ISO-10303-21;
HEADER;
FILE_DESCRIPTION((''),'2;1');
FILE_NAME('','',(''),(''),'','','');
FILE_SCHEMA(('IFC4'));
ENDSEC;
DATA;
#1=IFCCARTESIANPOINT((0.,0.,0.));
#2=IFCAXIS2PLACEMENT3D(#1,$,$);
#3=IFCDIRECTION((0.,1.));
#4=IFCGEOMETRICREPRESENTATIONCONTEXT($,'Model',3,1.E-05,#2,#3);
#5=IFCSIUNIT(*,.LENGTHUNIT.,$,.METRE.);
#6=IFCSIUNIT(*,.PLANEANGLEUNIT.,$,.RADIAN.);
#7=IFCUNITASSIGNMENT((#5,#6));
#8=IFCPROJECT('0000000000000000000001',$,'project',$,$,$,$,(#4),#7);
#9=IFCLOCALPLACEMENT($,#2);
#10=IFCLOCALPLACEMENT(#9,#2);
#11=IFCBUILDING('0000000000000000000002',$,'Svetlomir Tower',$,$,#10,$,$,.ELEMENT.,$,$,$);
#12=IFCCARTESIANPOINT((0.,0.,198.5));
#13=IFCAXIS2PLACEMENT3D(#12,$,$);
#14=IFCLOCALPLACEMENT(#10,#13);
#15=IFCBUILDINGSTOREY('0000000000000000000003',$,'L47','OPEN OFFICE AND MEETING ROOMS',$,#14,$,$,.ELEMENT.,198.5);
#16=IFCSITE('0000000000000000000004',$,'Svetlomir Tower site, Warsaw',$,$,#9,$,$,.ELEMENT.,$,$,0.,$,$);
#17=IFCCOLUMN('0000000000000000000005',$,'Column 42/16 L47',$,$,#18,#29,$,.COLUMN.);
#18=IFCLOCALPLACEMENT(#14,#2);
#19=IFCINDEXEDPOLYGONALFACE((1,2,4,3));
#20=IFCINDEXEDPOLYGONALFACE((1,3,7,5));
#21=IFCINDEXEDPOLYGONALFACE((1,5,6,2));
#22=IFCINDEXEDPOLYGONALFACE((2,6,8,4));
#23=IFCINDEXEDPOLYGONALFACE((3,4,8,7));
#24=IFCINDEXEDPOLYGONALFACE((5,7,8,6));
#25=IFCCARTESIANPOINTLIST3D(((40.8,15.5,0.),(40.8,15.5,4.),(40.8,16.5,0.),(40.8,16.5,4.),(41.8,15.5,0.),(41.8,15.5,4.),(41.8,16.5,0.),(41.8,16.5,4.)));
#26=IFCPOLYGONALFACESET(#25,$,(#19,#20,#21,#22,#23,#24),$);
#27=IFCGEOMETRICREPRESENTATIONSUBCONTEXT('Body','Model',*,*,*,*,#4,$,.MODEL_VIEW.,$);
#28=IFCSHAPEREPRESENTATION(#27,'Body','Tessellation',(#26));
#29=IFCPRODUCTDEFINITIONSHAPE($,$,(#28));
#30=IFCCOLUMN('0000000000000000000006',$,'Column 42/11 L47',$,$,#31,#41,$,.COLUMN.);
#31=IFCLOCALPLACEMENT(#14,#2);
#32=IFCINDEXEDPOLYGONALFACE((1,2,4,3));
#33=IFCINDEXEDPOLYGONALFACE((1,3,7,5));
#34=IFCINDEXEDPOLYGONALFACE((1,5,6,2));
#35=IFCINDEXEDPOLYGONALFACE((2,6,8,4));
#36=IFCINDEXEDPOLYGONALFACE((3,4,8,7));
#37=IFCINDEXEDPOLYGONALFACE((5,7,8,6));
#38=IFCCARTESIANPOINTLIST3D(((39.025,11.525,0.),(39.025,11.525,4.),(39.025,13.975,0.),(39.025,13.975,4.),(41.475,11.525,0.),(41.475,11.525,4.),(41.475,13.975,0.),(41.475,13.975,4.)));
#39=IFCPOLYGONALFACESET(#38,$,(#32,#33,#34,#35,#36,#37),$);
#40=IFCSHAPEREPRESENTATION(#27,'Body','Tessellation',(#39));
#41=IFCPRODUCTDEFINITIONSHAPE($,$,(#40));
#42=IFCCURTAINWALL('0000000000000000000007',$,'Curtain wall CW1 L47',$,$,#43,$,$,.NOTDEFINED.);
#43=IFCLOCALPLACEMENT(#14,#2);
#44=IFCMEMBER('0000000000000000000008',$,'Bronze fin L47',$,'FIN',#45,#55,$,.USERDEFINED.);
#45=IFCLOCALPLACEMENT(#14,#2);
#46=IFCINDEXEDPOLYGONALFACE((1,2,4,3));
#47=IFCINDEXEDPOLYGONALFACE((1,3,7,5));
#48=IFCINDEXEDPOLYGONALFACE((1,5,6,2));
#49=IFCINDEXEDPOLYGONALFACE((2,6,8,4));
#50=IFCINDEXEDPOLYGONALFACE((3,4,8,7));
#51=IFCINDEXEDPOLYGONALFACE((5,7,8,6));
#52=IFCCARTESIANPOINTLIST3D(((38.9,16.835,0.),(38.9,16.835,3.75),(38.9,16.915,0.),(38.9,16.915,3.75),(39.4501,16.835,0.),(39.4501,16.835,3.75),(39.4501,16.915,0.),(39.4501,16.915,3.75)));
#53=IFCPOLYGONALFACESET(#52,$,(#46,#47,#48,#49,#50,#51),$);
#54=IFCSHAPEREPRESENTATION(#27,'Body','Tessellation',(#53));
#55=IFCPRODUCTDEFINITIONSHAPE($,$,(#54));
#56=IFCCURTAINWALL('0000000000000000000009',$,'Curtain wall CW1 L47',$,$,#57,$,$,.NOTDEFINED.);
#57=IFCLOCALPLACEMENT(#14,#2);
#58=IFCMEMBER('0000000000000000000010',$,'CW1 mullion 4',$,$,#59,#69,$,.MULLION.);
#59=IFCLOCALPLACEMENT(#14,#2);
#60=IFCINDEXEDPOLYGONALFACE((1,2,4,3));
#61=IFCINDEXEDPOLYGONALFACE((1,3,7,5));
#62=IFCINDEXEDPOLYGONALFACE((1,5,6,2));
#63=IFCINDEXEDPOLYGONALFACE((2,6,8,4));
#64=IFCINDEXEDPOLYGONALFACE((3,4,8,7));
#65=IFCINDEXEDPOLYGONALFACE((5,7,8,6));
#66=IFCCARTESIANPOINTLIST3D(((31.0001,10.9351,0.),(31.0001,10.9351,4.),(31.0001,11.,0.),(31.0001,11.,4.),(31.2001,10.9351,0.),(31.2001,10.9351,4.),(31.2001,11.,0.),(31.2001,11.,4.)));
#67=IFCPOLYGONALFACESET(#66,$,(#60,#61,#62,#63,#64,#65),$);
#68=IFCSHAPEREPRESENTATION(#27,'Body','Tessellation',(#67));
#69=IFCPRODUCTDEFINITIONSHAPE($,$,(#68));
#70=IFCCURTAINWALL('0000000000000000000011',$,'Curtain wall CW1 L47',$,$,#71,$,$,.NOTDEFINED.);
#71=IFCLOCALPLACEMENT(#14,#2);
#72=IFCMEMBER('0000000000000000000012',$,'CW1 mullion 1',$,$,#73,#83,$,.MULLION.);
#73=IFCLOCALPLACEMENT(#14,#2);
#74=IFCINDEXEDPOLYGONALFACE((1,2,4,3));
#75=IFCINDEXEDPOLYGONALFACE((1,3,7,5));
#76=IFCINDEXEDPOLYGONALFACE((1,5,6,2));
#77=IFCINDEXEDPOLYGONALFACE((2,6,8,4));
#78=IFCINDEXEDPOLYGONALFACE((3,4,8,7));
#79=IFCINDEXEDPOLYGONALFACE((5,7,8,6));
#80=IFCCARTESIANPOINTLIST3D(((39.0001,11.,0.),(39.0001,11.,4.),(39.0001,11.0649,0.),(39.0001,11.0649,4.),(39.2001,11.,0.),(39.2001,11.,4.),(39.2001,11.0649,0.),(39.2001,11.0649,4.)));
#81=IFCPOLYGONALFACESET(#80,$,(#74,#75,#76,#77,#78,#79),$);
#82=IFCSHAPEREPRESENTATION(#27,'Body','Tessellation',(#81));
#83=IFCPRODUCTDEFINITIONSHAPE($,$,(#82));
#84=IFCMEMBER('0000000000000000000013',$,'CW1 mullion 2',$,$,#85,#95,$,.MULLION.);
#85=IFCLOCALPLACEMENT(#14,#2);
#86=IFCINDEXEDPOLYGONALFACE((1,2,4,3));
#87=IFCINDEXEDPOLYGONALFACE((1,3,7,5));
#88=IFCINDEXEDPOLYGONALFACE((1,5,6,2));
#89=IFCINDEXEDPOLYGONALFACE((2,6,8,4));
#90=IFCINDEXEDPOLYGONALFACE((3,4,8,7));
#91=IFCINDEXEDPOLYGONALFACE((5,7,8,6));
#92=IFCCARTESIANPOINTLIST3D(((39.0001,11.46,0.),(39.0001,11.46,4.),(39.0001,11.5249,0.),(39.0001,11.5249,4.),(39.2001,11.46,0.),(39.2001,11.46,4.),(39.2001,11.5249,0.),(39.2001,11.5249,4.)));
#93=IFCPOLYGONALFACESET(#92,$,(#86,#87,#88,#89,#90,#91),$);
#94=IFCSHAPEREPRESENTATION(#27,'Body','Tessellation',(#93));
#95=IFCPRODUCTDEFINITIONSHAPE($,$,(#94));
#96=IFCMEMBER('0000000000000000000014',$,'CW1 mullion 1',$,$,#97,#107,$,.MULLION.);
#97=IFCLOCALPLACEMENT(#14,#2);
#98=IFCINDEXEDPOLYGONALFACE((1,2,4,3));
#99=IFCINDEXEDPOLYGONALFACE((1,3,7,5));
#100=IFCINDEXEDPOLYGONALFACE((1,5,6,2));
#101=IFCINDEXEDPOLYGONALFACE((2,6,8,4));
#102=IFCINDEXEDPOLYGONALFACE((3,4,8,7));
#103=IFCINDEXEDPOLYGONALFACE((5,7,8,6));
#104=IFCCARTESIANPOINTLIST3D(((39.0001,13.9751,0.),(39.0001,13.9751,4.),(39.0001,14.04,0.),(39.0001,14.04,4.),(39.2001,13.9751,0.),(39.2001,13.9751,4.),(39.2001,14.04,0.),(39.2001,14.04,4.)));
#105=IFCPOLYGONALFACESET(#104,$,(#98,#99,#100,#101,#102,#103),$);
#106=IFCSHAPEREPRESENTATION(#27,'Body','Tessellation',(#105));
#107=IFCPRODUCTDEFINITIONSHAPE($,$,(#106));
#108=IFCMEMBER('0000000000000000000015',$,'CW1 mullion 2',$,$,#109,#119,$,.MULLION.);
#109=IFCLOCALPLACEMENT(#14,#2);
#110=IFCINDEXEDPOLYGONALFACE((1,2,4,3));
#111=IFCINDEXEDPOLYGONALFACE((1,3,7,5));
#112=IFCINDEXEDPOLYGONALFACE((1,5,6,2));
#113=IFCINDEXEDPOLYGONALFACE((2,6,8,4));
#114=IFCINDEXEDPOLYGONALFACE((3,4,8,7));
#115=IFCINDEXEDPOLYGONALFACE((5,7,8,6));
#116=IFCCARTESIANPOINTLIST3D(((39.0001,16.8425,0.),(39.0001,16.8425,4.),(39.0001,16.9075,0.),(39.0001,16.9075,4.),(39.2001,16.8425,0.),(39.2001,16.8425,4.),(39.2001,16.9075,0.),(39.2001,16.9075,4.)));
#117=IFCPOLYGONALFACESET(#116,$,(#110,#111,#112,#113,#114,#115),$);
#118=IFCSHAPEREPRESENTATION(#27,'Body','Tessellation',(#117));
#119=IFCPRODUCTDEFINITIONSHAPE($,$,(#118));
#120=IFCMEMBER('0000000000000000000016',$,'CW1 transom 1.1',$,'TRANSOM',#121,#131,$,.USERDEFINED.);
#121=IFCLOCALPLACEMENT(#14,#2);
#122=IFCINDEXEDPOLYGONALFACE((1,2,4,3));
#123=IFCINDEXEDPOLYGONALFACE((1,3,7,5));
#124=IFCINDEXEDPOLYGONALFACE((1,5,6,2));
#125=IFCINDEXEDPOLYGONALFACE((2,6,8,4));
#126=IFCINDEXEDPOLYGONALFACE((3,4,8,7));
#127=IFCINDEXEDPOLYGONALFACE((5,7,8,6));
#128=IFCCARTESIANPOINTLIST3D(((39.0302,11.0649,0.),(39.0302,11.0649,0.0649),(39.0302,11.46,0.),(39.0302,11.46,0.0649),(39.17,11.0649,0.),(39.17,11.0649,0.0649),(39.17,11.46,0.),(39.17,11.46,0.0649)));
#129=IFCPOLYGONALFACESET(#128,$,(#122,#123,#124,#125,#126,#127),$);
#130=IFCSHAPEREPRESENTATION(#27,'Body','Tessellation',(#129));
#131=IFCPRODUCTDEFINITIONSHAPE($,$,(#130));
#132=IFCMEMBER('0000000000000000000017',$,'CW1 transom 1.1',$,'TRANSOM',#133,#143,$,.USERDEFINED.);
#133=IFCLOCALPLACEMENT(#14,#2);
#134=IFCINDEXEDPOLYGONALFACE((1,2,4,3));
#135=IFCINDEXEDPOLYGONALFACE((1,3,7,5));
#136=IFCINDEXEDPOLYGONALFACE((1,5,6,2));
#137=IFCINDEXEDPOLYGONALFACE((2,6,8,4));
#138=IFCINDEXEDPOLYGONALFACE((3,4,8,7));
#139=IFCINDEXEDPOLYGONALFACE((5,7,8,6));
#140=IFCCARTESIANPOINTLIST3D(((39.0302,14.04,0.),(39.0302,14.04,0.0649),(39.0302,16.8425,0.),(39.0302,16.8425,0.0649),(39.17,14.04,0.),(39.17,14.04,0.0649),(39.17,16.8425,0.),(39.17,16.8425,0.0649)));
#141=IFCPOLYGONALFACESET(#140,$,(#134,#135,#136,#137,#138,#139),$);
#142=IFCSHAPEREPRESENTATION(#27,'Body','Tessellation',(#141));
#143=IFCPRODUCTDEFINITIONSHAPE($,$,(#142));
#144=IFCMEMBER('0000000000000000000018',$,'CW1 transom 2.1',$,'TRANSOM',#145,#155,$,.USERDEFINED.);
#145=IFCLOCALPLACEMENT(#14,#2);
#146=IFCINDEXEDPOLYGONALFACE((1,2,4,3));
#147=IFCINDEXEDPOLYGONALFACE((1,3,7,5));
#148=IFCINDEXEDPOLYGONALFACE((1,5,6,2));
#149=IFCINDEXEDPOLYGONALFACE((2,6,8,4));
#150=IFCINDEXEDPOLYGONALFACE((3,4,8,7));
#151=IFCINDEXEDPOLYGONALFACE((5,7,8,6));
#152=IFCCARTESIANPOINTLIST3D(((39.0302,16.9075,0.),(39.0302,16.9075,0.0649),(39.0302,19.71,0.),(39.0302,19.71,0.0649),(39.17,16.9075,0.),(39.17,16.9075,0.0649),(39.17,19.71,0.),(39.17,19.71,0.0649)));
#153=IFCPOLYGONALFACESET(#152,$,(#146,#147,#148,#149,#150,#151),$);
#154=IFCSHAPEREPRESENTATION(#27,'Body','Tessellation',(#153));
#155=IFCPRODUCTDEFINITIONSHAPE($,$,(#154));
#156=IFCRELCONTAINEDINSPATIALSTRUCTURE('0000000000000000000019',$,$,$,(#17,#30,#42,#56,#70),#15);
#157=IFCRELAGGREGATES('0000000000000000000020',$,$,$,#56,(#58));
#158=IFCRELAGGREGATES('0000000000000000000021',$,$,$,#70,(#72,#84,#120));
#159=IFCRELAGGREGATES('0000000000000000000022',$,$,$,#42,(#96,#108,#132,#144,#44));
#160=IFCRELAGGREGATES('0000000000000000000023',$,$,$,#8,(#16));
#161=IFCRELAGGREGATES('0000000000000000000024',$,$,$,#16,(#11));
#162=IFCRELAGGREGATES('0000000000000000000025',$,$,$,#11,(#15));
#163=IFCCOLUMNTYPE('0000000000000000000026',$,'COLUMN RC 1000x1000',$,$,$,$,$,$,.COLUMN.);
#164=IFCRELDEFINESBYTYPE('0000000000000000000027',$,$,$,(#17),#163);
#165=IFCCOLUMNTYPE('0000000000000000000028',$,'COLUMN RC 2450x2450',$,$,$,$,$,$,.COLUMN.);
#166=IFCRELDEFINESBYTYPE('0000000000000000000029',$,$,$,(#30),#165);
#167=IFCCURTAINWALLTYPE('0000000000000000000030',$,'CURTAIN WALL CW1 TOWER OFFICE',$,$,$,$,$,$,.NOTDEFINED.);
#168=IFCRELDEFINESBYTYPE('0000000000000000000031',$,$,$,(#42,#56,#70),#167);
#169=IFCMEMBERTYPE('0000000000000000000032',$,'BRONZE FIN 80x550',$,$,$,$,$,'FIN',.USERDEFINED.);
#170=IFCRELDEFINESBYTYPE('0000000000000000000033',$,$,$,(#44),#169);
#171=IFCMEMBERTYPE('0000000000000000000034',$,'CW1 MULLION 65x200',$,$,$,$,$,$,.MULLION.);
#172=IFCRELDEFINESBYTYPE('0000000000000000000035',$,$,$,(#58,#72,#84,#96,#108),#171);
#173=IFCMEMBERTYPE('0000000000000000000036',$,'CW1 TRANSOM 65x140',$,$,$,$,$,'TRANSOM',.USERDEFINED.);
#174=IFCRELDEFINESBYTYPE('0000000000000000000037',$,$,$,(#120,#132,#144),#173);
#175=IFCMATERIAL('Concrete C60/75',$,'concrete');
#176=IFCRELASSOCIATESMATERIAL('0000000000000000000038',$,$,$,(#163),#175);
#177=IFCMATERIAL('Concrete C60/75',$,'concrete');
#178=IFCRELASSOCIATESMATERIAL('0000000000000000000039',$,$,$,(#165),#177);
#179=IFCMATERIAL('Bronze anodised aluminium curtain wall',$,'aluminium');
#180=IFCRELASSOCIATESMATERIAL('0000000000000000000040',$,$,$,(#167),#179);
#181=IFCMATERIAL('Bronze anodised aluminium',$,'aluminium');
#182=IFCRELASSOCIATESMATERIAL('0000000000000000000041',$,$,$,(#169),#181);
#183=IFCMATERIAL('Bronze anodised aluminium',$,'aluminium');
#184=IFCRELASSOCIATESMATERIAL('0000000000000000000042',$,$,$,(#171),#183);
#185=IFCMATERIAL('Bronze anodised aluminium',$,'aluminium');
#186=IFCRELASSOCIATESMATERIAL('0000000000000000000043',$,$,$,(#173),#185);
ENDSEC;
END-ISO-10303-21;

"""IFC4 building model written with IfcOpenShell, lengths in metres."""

from ifc_helpers import new_model, si_unit, direction, frame, origin, origin_2d, place, context, subcontext, project, spatial, rectangle, extrude, material, material_profile, profile_set, type_object, element, aggregate, save


model = new_model("IFC4")

# Units and contexts
model_context = context("Model", 3, precision=1e-05, world=origin(), true_north=direction((0.0, 1.0)))
body_context = subcontext(model_context, "Body", "Model", "MODEL_VIEW")
ifc_project = project(units=[si_unit("LENGTHUNIT", "METRE"), si_unit("PLANEANGLEUNIT", "RADIAN")], contexts=[model_context])

# Site, building, storey
site_placement = place(None, origin())
site = spatial("IfcSite", under=ifc_project, at=site_placement, Name="Svetlomir Tower site, Warsaw", CompositionType="ELEMENT", RefElevation=0.0)
building_placement = place(site_placement, origin())
building = spatial("IfcBuilding", under=site, at=building_placement, Name="Svetlomir Tower", CompositionType="ELEMENT")
storey_placement = place(building_placement, frame((0.0, 0.0, 198.5)))
storey = spatial("IfcBuildingStorey", under=building, at=storey_placement, Name="L47", Description="OPEN OFFICE AND MEETING ROOMS", CompositionType="ELEMENT", Elevation=198.5)

# Columns
ifc_material_1 = material(Name="Concrete C60/75", Category="concrete")
ifc_material_profile_1 = material_profile(ifc_material_1, rectangle(XDim=1.0, YDim=1.0, at=origin_2d()), Name="RC 1000x1000")
ifc_profile_set_1 = profile_set([ifc_material_profile_1], Name="Concrete C60/75")
column_type_1 = type_object("IfcColumnType", Name="COLUMN RC 1000x1000", PredefinedType="COLUMN", material=ifc_profile_set_1)
column_1_placement = place(storey_placement, frame((41.3, 16.0, 0.0), z_axis=(0.0, 0.0, 1.0), x_axis=(1.0, 0.0, 0.0)))
element("IfcColumn", 1, at=column_1_placement, inside=storey, type_object=column_type_1, Name="Column 42/16 L47", PredefinedType="COLUMN", context=body_context, shape_type="SweptSolid", body=[
    extrude(rectangle(XDim=1.0, YDim=1.0, at=origin_2d()), origin(), (0.0, 0.0, 1.0), 4.0),
])
ifc_material_2 = material(Name="Concrete C60/75", Category="concrete")
ifc_material_profile_2 = material_profile(ifc_material_2, rectangle(XDim=2.45, YDim=2.45, at=origin_2d()), Name="RC 2450x2450")
ifc_profile_set_2 = profile_set([ifc_material_profile_2], Name="Concrete C60/75")
column_type_2 = type_object("IfcColumnType", Name="COLUMN RC 2450x2450", PredefinedType="COLUMN", material=ifc_profile_set_2)
column_2_placement = place(storey_placement, frame((40.25, 12.75, 0.0), z_axis=(0.0, 0.0, 1.0), x_axis=(1.0, 0.0, 0.0)))
element("IfcColumn", 2, at=column_2_placement, inside=storey, type_object=column_type_2, Name="Column 42/11 L47", PredefinedType="COLUMN", context=body_context, shape_type="SweptSolid", body=[
    extrude(rectangle(XDim=2.45, YDim=2.45, at=origin_2d()), origin(), (0.0, 0.0, 1.0), 4.0),
])

# Curtain walls, members
ifc_material_3 = material(Name="Bronze anodised aluminium curtain wall", Category="aluminium")
curtain_wall_type = type_object("IfcCurtainWallType", Name="CURTAIN WALL CW1 TOWER OFFICE", PredefinedType="NOTDEFINED", material=ifc_material_3)
curtain_wall_1_placement = place(storey_placement, origin())
curtain_wall_1 = element("IfcCurtainWall", 3, at=curtain_wall_1_placement, inside=storey, type_object=curtain_wall_type, Name="Curtain wall CW1 L47", PredefinedType="NOTDEFINED")
ifc_material_4 = material(Name="Bronze anodised aluminium", Category="aluminium")
ifc_material_profile_3 = material_profile(ifc_material_4, rectangle(XDim=0.0801, YDim=0.55, at=origin_2d()), Name="FIN 80x550")
ifc_profile_set_3 = profile_set([ifc_material_profile_3], Name="Bronze anodised aluminium 6063-T6")
member_type_1 = type_object("IfcMemberType", Name="BRONZE FIN 80x550", ElementType="FIN", PredefinedType="USERDEFINED", material=ifc_profile_set_3)
member_1_placement = place(storey_placement, frame((39.175, 16.875, 0.0), z_axis=(0.0, 0.0, 1.0), x_axis=(0.0, 1.0, 0.0)))
member_1 = element("IfcMember", 4, at=member_1_placement, type_object=member_type_1, Name="Bronze fin L47", ObjectType="FIN", PredefinedType="USERDEFINED", context=body_context, shape_type="SweptSolid", body=[
    extrude(rectangle(XDim=0.0801, YDim=0.55, at=origin_2d()), origin(), (0.0, 0.0, 1.0), 3.75),
])
curtain_wall_2_placement = place(storey_placement, origin())
curtain_wall_2 = element("IfcCurtainWall", 5, at=curtain_wall_2_placement, inside=storey, type_object=curtain_wall_type, Name="Curtain wall CW1 L47", PredefinedType="NOTDEFINED")
ifc_material_5 = material(Name="Bronze anodised aluminium", Category="aluminium")
ifc_material_profile_4 = material_profile(ifc_material_5, rectangle(XDim=0.0649, YDim=0.2, at=origin_2d()), Name="AL 65x200")
ifc_profile_set_4 = profile_set([ifc_material_profile_4], Name="Bronze anodised aluminium 6063-T6")
member_type_2 = type_object("IfcMemberType", Name="CW1 MULLION 65x200", PredefinedType="MULLION", material=ifc_profile_set_4)
member_2_placement = place(storey_placement, frame((31.1001, 10.9675, 0.0), z_axis=(0.0, 0.0, 1.0), x_axis=(0.0, 1.0, 0.0)))
member_2 = element("IfcMember", 6, at=member_2_placement, type_object=member_type_2, Name="CW1 mullion 4", PredefinedType="MULLION", context=body_context, shape_type="SweptSolid", body=[
    extrude(rectangle(XDim=0.0649, YDim=0.2, at=origin_2d()), origin(), (0.0, 0.0, 1.0), 4.0),
])
aggregate(curtain_wall_2, [member_2])

# Curtain wall, members
curtain_wall_3_placement = place(storey_placement, origin())
curtain_wall_3 = element("IfcCurtainWall", 7, at=curtain_wall_3_placement, inside=storey, type_object=curtain_wall_type, Name="Curtain wall CW1 L47", PredefinedType="NOTDEFINED")
member_3_placement = place(storey_placement, frame((39.1001, 11.0325, 0.0), z_axis=(0.0, 0.0, 1.0), x_axis=(0.0, 1.0, 0.0)))
member_3 = element("IfcMember", 8, at=member_3_placement, type_object=member_type_2, Name="CW1 mullion 1", PredefinedType="MULLION", context=body_context, shape_type="SweptSolid", body=[
    extrude(rectangle(XDim=0.0649, YDim=0.2, at=origin_2d()), origin(), (0.0, 0.0, 1.0), 4.0),
])
member_4_placement = place(storey_placement, frame((39.1001, 11.4924, 0.0), z_axis=(0.0, 0.0, 1.0), x_axis=(0.0, 1.0, 0.0)))
member_4 = element("IfcMember", 9, at=member_4_placement, type_object=member_type_2, Name="CW1 mullion 2", PredefinedType="MULLION", context=body_context, shape_type="SweptSolid", body=[
    extrude(rectangle(XDim=0.0649, YDim=0.2, at=origin_2d()), origin(), (0.0, 0.0, 1.0), 4.0),
])

# Members
member_5_placement = place(storey_placement, frame((39.1001, 14.0076, 0.0), z_axis=(0.0, 0.0, 1.0), x_axis=(0.0, 1.0, 0.0)))
member_5 = element("IfcMember", 10, at=member_5_placement, type_object=member_type_2, Name="CW1 mullion 1", PredefinedType="MULLION", context=body_context, shape_type="SweptSolid", body=[
    extrude(rectangle(XDim=0.0649, YDim=0.2, at=origin_2d()), origin(), (0.0, 0.0, 1.0), 4.0),
])
member_6_placement = place(storey_placement, frame((39.1001, 16.875, 0.0), z_axis=(0.0, 0.0, 1.0), x_axis=(0.0, 1.0, 0.0)))
member_6 = element("IfcMember", 11, at=member_6_placement, type_object=member_type_2, Name="CW1 mullion 2", PredefinedType="MULLION", context=body_context, shape_type="SweptSolid", body=[
    extrude(rectangle(XDim=0.0649, YDim=0.2, at=origin_2d()), origin(), (0.0, 0.0, 1.0), 4.0),
])
ifc_material_6 = material(Name="Bronze anodised aluminium", Category="aluminium")
ifc_material_profile_5 = material_profile(ifc_material_6, rectangle(XDim=0.1399, YDim=0.0649, at=origin_2d()), Name="AL 140x65")
ifc_profile_set_5 = profile_set([ifc_material_profile_5], Name="Bronze anodised aluminium 6063-T6")
member_type_3 = type_object("IfcMemberType", Name="CW1 TRANSOM 65x140", ElementType="TRANSOM", PredefinedType="USERDEFINED", material=ifc_profile_set_5)
member_7_placement = place(storey_placement, frame((39.1001, 11.0649, 0.0325), z_axis=(0.0, 1.0, 0.0), x_axis=(-1.0, 0.0, 0.0)))
member_7 = element("IfcMember", 12, at=member_7_placement, type_object=member_type_3, Name="CW1 transom 1.1", ObjectType="TRANSOM", PredefinedType="USERDEFINED", context=body_context, shape_type="SweptSolid", body=[
    extrude(rectangle(XDim=0.1399, YDim=0.0649, at=origin_2d()), origin(), (0.0, 0.0, 1.0), 0.395),
])
member_8_placement = place(storey_placement, frame((39.1001, 14.04, 0.0325), z_axis=(0.0, 1.0, 0.0), x_axis=(-1.0, 0.0, 0.0)))
member_8 = element("IfcMember", 13, at=member_8_placement, type_object=member_type_3, Name="CW1 transom 1.1", ObjectType="TRANSOM", PredefinedType="USERDEFINED", context=body_context, shape_type="SweptSolid", body=[
    extrude(rectangle(XDim=0.1399, YDim=0.0649, at=origin_2d()), origin(), (0.0, 0.0, 1.0), 2.8025),
])
member_9_placement = place(storey_placement, frame((39.1001, 16.9075, 0.0325), z_axis=(0.0, 1.0, 0.0), x_axis=(-1.0, 0.0, 0.0)))
member_9 = element("IfcMember", 14, at=member_9_placement, type_object=member_type_3, Name="CW1 transom 2.1", ObjectType="TRANSOM", PredefinedType="USERDEFINED", context=body_context, shape_type="SweptSolid", body=[
    extrude(rectangle(XDim=0.1399, YDim=0.0649, at=origin_2d()), origin(), (0.0, 0.0, 1.0), 2.8025),
])

aggregate(curtain_wall_3, [member_3, member_4, member_7])
aggregate(curtain_wall_1, [member_5, member_6, member_8, member_9, member_1])

save(model, "model.ifc")
